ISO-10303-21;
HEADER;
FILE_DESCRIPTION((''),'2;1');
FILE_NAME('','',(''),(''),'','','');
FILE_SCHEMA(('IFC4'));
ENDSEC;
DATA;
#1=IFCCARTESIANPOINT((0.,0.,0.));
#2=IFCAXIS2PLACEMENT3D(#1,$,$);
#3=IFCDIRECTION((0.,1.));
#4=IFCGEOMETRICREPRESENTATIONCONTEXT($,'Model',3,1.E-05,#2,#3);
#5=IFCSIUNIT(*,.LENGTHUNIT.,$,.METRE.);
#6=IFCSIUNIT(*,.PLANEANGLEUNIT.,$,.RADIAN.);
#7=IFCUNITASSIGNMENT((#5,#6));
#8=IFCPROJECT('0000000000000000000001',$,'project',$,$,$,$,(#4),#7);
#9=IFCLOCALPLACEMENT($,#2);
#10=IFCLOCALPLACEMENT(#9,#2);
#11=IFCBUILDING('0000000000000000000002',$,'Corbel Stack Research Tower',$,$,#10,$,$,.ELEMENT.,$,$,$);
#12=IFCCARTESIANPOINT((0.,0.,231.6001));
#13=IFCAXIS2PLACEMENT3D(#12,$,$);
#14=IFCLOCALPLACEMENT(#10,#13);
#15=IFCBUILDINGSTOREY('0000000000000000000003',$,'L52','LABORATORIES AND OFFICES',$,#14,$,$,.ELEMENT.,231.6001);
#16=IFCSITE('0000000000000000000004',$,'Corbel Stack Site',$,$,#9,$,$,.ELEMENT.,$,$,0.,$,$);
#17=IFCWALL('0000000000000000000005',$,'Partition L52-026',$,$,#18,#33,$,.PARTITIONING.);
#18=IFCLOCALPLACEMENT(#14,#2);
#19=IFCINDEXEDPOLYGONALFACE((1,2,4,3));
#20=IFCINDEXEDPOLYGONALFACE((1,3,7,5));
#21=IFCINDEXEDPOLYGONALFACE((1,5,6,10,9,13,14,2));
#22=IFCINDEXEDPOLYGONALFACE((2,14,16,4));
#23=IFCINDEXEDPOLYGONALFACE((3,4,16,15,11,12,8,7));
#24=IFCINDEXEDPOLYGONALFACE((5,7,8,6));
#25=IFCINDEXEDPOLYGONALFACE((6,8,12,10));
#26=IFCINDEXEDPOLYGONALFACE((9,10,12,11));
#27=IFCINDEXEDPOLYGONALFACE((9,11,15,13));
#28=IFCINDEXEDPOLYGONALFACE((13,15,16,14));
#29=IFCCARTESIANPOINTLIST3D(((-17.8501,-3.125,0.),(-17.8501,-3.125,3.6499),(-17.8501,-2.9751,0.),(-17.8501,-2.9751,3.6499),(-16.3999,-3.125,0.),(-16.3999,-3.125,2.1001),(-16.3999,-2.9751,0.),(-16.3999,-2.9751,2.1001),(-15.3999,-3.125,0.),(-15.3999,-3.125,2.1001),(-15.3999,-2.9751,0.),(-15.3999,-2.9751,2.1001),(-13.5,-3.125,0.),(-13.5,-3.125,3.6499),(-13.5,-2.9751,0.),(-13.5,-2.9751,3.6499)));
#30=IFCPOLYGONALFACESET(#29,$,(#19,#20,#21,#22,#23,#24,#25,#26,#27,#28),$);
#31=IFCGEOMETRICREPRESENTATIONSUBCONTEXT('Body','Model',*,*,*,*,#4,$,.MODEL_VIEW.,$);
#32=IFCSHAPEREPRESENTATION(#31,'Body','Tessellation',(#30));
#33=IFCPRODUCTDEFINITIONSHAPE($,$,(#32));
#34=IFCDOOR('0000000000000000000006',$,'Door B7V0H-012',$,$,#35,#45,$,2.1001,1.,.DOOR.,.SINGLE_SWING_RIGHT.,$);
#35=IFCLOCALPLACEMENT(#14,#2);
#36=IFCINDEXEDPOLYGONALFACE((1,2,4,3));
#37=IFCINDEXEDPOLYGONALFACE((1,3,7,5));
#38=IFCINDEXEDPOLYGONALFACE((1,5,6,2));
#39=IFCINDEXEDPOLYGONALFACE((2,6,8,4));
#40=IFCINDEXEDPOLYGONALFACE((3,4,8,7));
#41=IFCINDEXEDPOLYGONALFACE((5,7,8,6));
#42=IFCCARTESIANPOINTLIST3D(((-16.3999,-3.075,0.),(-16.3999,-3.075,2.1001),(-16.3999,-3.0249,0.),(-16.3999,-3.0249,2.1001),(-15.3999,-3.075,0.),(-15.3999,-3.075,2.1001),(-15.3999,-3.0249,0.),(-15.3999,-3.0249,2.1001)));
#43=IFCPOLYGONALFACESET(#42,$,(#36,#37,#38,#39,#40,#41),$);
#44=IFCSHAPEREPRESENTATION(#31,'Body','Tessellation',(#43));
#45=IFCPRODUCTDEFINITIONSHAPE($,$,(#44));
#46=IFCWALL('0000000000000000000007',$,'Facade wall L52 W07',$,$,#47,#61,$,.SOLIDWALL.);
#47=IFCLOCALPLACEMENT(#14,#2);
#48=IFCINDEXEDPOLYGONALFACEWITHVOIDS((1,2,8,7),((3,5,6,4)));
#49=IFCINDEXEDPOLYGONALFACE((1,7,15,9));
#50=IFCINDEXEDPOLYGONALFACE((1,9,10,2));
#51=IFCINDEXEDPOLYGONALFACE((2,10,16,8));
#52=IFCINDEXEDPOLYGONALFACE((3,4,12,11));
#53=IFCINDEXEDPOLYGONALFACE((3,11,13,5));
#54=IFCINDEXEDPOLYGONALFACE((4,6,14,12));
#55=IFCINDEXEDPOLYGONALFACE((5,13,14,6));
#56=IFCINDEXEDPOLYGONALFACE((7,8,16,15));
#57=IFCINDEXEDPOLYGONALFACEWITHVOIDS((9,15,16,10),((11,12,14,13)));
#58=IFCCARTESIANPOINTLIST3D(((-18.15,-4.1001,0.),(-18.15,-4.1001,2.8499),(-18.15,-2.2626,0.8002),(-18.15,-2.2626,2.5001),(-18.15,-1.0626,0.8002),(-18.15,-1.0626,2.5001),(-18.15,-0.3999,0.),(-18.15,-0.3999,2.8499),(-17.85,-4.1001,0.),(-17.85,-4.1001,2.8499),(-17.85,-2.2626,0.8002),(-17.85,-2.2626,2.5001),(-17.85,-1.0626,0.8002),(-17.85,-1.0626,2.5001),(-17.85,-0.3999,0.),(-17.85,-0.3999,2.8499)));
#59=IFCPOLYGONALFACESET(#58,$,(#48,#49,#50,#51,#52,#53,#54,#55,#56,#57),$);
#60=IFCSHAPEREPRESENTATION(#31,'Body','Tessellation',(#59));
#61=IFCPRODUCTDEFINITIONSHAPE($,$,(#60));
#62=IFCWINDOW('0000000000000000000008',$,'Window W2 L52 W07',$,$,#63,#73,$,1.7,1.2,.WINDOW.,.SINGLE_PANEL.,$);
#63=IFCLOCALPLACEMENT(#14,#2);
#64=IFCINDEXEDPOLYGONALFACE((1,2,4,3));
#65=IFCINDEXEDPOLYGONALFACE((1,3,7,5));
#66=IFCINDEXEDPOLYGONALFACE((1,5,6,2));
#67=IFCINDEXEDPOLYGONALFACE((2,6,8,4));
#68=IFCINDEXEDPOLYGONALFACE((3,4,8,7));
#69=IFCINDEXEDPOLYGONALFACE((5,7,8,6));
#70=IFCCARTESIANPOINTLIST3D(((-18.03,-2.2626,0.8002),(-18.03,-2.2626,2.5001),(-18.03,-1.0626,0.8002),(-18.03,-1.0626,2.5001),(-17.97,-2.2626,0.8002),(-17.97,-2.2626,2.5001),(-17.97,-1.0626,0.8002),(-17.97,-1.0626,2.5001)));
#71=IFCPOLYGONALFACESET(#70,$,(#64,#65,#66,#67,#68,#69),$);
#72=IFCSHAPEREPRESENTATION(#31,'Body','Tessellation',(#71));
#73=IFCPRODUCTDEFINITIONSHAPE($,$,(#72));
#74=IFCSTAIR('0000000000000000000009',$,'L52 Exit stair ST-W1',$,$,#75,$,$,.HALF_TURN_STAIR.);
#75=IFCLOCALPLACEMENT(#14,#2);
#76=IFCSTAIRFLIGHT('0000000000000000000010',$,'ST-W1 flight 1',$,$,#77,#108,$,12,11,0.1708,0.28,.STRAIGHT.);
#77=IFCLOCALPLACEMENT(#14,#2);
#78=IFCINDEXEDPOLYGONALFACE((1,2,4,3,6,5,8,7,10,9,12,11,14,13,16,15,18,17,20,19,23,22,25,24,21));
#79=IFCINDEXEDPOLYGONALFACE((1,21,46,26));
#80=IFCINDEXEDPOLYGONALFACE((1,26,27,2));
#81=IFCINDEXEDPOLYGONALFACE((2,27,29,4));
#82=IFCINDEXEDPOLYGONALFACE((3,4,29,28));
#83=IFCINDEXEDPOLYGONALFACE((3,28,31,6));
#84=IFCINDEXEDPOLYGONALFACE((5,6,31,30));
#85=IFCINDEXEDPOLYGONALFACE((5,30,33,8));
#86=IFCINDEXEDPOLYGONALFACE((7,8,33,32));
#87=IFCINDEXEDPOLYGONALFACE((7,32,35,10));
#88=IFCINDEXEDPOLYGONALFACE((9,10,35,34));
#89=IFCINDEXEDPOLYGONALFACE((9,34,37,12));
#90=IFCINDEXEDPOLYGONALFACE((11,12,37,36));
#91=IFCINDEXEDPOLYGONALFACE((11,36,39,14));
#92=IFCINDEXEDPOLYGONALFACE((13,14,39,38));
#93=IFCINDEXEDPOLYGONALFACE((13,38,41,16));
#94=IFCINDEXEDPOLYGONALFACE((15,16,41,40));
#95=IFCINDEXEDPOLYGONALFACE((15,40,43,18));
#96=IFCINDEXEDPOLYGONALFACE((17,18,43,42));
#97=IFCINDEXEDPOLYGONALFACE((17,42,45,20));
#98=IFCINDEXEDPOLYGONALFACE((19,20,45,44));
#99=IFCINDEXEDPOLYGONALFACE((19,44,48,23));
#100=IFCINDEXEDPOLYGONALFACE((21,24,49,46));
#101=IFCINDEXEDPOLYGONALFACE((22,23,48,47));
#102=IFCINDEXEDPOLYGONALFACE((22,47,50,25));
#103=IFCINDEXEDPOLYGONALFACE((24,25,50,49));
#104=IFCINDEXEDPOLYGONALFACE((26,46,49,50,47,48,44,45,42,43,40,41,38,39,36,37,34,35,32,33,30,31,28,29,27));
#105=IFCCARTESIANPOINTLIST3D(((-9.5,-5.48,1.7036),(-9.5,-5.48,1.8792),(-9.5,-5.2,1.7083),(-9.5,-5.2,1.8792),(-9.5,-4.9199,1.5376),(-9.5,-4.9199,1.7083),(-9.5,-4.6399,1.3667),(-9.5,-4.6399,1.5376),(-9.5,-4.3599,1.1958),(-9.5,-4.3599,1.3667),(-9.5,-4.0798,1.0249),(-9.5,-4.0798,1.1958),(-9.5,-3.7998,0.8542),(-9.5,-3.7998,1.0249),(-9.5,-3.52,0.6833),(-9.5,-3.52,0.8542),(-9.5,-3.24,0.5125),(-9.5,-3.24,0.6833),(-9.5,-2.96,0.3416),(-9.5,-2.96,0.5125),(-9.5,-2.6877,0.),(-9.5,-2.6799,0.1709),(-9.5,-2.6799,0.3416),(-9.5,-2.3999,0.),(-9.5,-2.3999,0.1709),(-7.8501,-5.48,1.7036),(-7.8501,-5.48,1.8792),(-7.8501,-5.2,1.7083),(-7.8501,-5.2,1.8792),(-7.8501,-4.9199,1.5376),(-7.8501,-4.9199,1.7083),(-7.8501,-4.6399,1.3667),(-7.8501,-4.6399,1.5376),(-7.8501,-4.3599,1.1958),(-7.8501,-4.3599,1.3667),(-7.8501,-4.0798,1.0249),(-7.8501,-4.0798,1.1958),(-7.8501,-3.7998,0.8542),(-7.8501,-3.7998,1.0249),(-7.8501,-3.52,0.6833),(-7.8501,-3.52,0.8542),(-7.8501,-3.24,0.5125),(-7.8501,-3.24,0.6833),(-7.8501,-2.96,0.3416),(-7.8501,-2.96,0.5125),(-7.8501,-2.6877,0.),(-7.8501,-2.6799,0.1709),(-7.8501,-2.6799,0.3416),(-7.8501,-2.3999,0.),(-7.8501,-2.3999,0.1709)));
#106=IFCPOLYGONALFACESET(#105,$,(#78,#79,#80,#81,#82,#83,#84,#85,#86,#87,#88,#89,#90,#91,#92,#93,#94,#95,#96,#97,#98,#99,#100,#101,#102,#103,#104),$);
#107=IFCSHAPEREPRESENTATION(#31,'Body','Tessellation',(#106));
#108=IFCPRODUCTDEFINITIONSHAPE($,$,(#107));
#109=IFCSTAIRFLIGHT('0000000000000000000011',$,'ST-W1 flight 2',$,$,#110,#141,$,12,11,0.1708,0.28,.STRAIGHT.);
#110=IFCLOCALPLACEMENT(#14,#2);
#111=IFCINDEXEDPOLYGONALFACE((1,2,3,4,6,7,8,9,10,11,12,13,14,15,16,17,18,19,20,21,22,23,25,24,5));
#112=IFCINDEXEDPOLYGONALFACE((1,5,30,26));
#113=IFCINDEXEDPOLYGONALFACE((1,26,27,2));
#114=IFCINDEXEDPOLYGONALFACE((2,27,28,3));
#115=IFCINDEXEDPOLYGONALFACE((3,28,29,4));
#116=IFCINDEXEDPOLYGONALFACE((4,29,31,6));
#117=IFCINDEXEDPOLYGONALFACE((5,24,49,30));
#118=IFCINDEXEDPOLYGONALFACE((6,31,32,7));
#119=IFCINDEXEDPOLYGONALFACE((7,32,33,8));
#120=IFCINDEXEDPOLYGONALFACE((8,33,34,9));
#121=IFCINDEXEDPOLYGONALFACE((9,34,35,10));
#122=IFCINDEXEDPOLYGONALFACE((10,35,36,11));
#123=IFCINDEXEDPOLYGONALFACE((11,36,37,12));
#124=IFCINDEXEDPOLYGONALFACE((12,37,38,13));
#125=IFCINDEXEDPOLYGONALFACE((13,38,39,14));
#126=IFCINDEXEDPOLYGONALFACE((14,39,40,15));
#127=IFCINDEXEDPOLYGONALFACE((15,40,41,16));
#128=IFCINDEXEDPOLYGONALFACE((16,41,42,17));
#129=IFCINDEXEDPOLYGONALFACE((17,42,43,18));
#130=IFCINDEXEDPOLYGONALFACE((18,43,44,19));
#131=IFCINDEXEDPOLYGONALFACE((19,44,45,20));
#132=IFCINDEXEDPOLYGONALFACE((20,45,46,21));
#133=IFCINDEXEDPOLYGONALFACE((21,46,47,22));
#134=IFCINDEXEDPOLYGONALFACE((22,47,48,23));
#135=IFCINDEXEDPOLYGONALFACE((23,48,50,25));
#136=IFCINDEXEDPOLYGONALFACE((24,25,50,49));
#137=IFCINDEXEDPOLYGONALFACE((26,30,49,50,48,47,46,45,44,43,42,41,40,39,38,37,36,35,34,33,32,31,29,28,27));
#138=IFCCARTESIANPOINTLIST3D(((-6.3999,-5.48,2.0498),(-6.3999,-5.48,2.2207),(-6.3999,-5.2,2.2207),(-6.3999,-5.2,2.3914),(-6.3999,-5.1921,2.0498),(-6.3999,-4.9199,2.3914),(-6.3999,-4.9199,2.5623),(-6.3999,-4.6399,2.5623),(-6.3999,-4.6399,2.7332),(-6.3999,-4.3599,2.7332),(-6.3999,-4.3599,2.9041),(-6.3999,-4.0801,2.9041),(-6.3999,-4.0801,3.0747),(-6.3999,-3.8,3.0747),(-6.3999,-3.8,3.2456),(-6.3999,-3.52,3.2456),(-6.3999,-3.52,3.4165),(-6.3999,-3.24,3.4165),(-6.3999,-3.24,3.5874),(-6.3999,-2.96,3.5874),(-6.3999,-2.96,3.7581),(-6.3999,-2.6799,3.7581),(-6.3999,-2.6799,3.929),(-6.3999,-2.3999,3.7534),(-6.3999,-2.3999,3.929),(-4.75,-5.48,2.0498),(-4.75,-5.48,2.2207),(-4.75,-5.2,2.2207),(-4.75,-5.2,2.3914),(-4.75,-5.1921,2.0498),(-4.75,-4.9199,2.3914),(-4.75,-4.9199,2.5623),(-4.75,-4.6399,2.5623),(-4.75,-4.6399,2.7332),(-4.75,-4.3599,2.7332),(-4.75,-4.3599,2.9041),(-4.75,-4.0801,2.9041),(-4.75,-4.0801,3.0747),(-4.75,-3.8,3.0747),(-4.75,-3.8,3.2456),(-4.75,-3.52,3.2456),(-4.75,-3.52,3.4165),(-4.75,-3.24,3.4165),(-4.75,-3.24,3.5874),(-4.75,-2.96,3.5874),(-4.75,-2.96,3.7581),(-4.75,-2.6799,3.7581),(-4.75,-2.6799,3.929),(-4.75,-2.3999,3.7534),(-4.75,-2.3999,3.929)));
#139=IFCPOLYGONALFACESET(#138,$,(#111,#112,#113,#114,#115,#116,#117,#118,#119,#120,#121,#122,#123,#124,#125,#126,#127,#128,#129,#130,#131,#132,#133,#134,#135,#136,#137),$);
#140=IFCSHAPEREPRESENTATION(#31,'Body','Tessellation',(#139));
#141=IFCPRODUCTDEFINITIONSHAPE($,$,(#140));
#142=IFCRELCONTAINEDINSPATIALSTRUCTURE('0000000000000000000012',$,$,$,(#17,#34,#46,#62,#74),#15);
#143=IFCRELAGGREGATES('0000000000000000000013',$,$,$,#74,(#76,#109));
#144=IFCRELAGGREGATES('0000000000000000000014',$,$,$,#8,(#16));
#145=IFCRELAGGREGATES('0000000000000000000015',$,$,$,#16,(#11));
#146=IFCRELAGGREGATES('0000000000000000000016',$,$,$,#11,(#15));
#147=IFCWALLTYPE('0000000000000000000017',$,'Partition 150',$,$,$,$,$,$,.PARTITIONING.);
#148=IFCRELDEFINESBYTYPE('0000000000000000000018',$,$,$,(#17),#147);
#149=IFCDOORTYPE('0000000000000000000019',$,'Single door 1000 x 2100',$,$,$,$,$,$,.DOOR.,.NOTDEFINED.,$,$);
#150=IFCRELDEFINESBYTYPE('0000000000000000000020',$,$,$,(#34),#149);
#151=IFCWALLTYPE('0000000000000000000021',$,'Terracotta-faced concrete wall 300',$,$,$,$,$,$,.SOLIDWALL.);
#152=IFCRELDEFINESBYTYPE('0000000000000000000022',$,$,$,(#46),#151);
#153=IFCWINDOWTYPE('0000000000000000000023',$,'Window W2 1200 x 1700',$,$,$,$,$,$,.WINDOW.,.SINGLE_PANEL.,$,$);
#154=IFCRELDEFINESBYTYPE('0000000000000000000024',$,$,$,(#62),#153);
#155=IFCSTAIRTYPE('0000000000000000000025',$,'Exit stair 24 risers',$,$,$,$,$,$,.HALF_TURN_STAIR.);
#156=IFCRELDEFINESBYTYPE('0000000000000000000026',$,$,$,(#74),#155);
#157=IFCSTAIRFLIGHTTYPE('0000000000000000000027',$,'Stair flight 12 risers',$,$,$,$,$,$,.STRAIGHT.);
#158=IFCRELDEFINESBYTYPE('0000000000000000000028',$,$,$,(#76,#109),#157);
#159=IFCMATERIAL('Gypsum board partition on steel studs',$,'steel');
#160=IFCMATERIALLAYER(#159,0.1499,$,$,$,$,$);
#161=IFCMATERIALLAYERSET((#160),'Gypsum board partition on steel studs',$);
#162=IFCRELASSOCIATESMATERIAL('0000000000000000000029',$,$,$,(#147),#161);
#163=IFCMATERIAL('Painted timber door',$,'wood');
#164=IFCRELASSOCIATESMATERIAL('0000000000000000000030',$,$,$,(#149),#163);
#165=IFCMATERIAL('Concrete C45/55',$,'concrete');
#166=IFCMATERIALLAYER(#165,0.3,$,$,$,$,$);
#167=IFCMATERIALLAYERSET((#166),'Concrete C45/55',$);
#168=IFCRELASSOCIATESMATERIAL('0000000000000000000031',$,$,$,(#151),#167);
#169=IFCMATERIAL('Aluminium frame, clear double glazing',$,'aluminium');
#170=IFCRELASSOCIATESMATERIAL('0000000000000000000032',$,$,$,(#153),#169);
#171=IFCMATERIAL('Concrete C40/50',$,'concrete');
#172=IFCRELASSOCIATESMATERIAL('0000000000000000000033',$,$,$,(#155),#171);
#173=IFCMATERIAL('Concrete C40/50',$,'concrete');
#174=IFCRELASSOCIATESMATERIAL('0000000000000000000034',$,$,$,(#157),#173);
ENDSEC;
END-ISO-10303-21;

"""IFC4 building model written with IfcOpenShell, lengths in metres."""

from ifc_helpers import new_model, si_unit, direction, frame, frame_2d, origin, place, context, subcontext, project, spatial, polyline, rectangle, outline, extrude, material, layer, layer_set, type_object, element, fill, aggregate, save


model = new_model("IFC4")

# Units and contexts
model_context = context("Model", 3, precision=1e-05, world=origin(), true_north=direction((0.0, 1.0)))
body_context = subcontext(model_context, "Body", "Model", "MODEL_VIEW")
ifc_project = project(units=[si_unit("LENGTHUNIT", "METRE"), si_unit("PLANEANGLEUNIT", "RADIAN")], contexts=[model_context])

# Site, building, storey
site_placement = place(None, origin())
site = spatial("IfcSite", under=ifc_project, at=site_placement, Name="Corbel Stack Site", CompositionType="ELEMENT", RefElevation=0.0)
building_placement = place(site_placement, origin())
building = spatial("IfcBuilding", under=site, at=building_placement, Name="Corbel Stack Research Tower", CompositionType="ELEMENT")
storey_placement = place(building_placement, frame((0.0, 0.0, 231.6001)))
storey = spatial("IfcBuildingStorey", under=building, at=storey_placement, Name="L52", Description="LABORATORIES AND OFFICES", CompositionType="ELEMENT", Elevation=231.6001)

# Wall, opening, door
ifc_material_1 = material(Name="Gypsum board partition on steel studs", Category="steel")
ifc_layer_1 = layer(ifc_material_1, 0.1499)
ifc_layer_set_1 = layer_set([ifc_layer_1], Name="Gypsum board partition on steel studs")
wall_type_1 = type_object("IfcWallType", Name="Partition 150", PredefinedType="PARTITIONING", material=ifc_layer_set_1)
wall_1_placement = place(storey_placement, frame((-13.5, -3.05, 0.0), z_axis=(0.0, 0.0, 1.0), x_axis=(-1.0, 0.0, 0.0)))
wall_1 = element("IfcWall", 1, at=wall_1_placement, inside=storey, type_object=wall_type_1, Name="Partition L52-026", PredefinedType="PARTITIONING", context=body_context, shape_type="SweptSolid", body=[
    extrude(rectangle(XDim=4.3501, YDim=0.1499, at=frame_2d((2.175, 0.0))), origin(), (0.0, 0.0, 1.0), 3.6499),
])
opening_1_placement = place(wall_1_placement, frame((1.8999, 0.0, 0.0)))
opening_1 = element("IfcOpeningElement", 2, at=opening_1_placement, cuts=wall_1, PredefinedType="OPENING", context=body_context, shape_type="SweptSolid", body=[
    extrude(rectangle(XDim=1.0, YDim=2.1001, at=frame_2d((0.5, 1.05))), frame((0.0, 0.085, 0.0), z_axis=(0.0, -1.0, 0.0), x_axis=(1.0, 0.0, 0.0)), (0.0, 0.0, 1.0), 0.1699),
])
ifc_material_2 = material(Name="Painted timber door", Category="wood")
door_type_1 = type_object("IfcDoorType", Name="Single door 1000 x 2100", OperationType="NOTDEFINED", PredefinedType="DOOR", material=ifc_material_2)
door_1_placement = place(opening_1_placement, origin())
door_1 = element("IfcDoor", 3, at=door_1_placement, inside=storey, type_object=door_type_1, Name="Door B7V0H-012", OperationType="SINGLE_SWING_RIGHT", OverallHeight=2.1001, OverallWidth=1.0, PredefinedType="DOOR", context=body_context, shape_type="SweptSolid", body=[
    extrude(rectangle(XDim=1.0, YDim=2.1001, at=frame_2d((0.5, 1.05))), frame((0.0, 0.0249, 0.0), z_axis=(0.0, -1.0, 0.0), x_axis=(1.0, 0.0, 0.0)), (0.0, 0.0, 1.0), 0.05),
])
fill(opening_1, door_1)

# Wall, opening, window
ifc_material_3 = material(Name="Concrete C45/55", Category="concrete")
ifc_layer_2 = layer(ifc_material_3, 0.3)
ifc_layer_set_2 = layer_set([ifc_layer_2], Name="Concrete C45/55")
wall_type_2 = type_object("IfcWallType", Name="Terracotta-faced concrete wall 300", PredefinedType="SOLIDWALL", material=ifc_layer_set_2)
wall_2_placement = place(storey_placement, frame((-18.0, -4.1001, 0.0), z_axis=(0.0, 0.0, 1.0), x_axis=(0.0, 1.0, 0.0)))
wall_2 = element("IfcWall", 4, at=wall_2_placement, inside=storey, type_object=wall_type_2, Name="Facade wall L52 W07", PredefinedType="SOLIDWALL", context=body_context, shape_type="SweptSolid", body=[
    extrude(rectangle(XDim=3.7002, YDim=0.3, at=frame_2d((1.8501, 0.0))), origin(), (0.0, 0.0, 1.0), 2.8499),
])
opening_2_placement = place(wall_2_placement, frame((1.8374, 0.0, 0.8)))
opening_2 = element("IfcOpeningElement", 5, at=opening_2_placement, cuts=wall_2, PredefinedType="OPENING", context=body_context, shape_type="SweptSolid", body=[
    extrude(rectangle(XDim=1.2, YDim=1.7, at=frame_2d((0.6001, 0.8501))), frame((0.0, 0.1599, 0.0), z_axis=(0.0, -1.0, 0.0), x_axis=(1.0, 0.0, 0.0)), (0.0, 0.0, 1.0), 0.3201),
])
ifc_material_4 = material(Name="Aluminium frame, clear double glazing", Category="aluminium")
window_type = type_object("IfcWindowType", Name="Window W2 1200 x 1700", PartitioningType="SINGLE_PANEL", PredefinedType="WINDOW", material=ifc_material_4)
window_placement = place(opening_2_placement, origin())
window = element("IfcWindow", 6, at=window_placement, inside=storey, type_object=window_type, Name="Window W2 L52 W07", OverallHeight=1.7, OverallWidth=1.2, PartitioningType="SINGLE_PANEL", PredefinedType="WINDOW", context=body_context, shape_type="SweptSolid", body=[
    extrude(rectangle(XDim=1.2, YDim=1.7, at=frame_2d((0.6001, 0.8501))), frame((0.0, 0.03, 0.0), z_axis=(0.0, -1.0, 0.0), x_axis=(1.0, 0.0, 0.0)), (0.0, 0.0, 1.0), 0.0601),
])
fill(opening_2, window)

# Stair, stair flights
ifc_material_5 = material(Name="Concrete C40/50", Category="concrete")
stair_type = type_object("IfcStairType", Name="Exit stair 24 risers", PredefinedType="HALF_TURN_STAIR", material=ifc_material_5)
stair_placement = place(storey_placement, origin())
stair = element("IfcStair", 7, at=stair_placement, inside=storey, type_object=stair_type, Name="L52 Exit stair ST-W1", PredefinedType="HALF_TURN_STAIR")
ifc_material_6 = material(Name="Concrete C40/50", Category="concrete")
stair_flight_type = type_object("IfcStairFlightType", Name="Stair flight 12 risers", PredefinedType="STRAIGHT", material=ifc_material_6)
stair_flight_1_placement = place(storey_placement, frame((-8.675, -2.3999, 0.0), z_axis=(0.0, 0.0, 1.0), x_axis=(0.0, -1.0, 0.0)))
stair_flight_1 = element("IfcStairFlight", 8, at=stair_flight_1_placement, type_object=stair_flight_type, Name="ST-W1 flight 1", NumberOfRisers=12, NumberOfTreads=11, PredefinedType="STRAIGHT", RiserHeight=0.1708, TreadLength=0.28, context=body_context, shape_type="SweptSolid", body=[
    extrude(outline(polyline([(0.0, 0.0), (0.0, 0.1709), (0.28, 0.1709), (0.28, 0.3416), (0.5601, 0.3416), (0.5601, 0.5125), (0.8401, 0.5125), (0.8401, 0.6833), (1.1201, 0.6833), (1.1201, 0.8542), (1.3999, 0.8542), (1.3999, 1.0249), (1.6799, 1.0249), (1.6799, 1.1958), (1.96, 1.1958), (1.96, 1.3667), (2.24, 1.3667), (2.24, 1.5376), (2.52, 1.5376), (2.52, 1.7083), (2.8, 1.7083), (2.8, 1.8792), (3.0801, 1.8792), (3.0801, 2.05), (3.0801, 1.7036), (0.2878, 0.0), (0.0, 0.0)])), frame((0.0, 0.825, 0.0), z_axis=(0.0, -1.0, 0.0), x_axis=(1.0, 0.0, 0.0)), (0.0, 0.0, 1.0), 1.6499),
])
stair_flight_2_placement = place(storey_placement, frame((-5.575, -5.48, 2.0498), z_axis=(0.0, 0.0, 1.0), x_axis=(0.0, 1.0, 0.0)))
stair_flight_2 = element("IfcStairFlight", 9, at=stair_flight_2_placement, type_object=stair_flight_type, Name="ST-W1 flight 2", NumberOfRisers=12, NumberOfTreads=11, PredefinedType="STRAIGHT", RiserHeight=0.1708, TreadLength=0.28, context=body_context, shape_type="SweptSolid", body=[
    extrude(outline(polyline([(0.0, 0.0), (0.0, 0.1709), (0.28, 0.1709), (0.28, 0.3416), (0.5601, 0.3416), (0.5601, 0.5125), (0.8401, 0.5125), (0.8401, 0.6833), (1.1201, 0.6833), (1.1201, 0.8542), (1.3999, 0.8542), (1.3999, 1.0249), (1.6799, 1.0249), (1.6799, 1.1958), (1.96, 1.1958), (1.96, 1.3667), (2.24, 1.3667), (2.24, 1.5376), (2.52, 1.5376), (2.52, 1.7083), (2.8, 1.7083), (2.8, 1.8792), (3.0801, 1.8792), (3.0801, 2.05), (3.0801, 1.7036), (0.2878, 0.0), (0.0, 0.0)])), frame((0.0, 0.825, 0.0), z_axis=(0.0, -1.0, 0.0), x_axis=(1.0, 0.0, 0.0)), (0.0, 0.0, 1.0), 1.6499),
])
aggregate(stair, [stair_flight_1, stair_flight_2])

save(model, "model.ifc")
